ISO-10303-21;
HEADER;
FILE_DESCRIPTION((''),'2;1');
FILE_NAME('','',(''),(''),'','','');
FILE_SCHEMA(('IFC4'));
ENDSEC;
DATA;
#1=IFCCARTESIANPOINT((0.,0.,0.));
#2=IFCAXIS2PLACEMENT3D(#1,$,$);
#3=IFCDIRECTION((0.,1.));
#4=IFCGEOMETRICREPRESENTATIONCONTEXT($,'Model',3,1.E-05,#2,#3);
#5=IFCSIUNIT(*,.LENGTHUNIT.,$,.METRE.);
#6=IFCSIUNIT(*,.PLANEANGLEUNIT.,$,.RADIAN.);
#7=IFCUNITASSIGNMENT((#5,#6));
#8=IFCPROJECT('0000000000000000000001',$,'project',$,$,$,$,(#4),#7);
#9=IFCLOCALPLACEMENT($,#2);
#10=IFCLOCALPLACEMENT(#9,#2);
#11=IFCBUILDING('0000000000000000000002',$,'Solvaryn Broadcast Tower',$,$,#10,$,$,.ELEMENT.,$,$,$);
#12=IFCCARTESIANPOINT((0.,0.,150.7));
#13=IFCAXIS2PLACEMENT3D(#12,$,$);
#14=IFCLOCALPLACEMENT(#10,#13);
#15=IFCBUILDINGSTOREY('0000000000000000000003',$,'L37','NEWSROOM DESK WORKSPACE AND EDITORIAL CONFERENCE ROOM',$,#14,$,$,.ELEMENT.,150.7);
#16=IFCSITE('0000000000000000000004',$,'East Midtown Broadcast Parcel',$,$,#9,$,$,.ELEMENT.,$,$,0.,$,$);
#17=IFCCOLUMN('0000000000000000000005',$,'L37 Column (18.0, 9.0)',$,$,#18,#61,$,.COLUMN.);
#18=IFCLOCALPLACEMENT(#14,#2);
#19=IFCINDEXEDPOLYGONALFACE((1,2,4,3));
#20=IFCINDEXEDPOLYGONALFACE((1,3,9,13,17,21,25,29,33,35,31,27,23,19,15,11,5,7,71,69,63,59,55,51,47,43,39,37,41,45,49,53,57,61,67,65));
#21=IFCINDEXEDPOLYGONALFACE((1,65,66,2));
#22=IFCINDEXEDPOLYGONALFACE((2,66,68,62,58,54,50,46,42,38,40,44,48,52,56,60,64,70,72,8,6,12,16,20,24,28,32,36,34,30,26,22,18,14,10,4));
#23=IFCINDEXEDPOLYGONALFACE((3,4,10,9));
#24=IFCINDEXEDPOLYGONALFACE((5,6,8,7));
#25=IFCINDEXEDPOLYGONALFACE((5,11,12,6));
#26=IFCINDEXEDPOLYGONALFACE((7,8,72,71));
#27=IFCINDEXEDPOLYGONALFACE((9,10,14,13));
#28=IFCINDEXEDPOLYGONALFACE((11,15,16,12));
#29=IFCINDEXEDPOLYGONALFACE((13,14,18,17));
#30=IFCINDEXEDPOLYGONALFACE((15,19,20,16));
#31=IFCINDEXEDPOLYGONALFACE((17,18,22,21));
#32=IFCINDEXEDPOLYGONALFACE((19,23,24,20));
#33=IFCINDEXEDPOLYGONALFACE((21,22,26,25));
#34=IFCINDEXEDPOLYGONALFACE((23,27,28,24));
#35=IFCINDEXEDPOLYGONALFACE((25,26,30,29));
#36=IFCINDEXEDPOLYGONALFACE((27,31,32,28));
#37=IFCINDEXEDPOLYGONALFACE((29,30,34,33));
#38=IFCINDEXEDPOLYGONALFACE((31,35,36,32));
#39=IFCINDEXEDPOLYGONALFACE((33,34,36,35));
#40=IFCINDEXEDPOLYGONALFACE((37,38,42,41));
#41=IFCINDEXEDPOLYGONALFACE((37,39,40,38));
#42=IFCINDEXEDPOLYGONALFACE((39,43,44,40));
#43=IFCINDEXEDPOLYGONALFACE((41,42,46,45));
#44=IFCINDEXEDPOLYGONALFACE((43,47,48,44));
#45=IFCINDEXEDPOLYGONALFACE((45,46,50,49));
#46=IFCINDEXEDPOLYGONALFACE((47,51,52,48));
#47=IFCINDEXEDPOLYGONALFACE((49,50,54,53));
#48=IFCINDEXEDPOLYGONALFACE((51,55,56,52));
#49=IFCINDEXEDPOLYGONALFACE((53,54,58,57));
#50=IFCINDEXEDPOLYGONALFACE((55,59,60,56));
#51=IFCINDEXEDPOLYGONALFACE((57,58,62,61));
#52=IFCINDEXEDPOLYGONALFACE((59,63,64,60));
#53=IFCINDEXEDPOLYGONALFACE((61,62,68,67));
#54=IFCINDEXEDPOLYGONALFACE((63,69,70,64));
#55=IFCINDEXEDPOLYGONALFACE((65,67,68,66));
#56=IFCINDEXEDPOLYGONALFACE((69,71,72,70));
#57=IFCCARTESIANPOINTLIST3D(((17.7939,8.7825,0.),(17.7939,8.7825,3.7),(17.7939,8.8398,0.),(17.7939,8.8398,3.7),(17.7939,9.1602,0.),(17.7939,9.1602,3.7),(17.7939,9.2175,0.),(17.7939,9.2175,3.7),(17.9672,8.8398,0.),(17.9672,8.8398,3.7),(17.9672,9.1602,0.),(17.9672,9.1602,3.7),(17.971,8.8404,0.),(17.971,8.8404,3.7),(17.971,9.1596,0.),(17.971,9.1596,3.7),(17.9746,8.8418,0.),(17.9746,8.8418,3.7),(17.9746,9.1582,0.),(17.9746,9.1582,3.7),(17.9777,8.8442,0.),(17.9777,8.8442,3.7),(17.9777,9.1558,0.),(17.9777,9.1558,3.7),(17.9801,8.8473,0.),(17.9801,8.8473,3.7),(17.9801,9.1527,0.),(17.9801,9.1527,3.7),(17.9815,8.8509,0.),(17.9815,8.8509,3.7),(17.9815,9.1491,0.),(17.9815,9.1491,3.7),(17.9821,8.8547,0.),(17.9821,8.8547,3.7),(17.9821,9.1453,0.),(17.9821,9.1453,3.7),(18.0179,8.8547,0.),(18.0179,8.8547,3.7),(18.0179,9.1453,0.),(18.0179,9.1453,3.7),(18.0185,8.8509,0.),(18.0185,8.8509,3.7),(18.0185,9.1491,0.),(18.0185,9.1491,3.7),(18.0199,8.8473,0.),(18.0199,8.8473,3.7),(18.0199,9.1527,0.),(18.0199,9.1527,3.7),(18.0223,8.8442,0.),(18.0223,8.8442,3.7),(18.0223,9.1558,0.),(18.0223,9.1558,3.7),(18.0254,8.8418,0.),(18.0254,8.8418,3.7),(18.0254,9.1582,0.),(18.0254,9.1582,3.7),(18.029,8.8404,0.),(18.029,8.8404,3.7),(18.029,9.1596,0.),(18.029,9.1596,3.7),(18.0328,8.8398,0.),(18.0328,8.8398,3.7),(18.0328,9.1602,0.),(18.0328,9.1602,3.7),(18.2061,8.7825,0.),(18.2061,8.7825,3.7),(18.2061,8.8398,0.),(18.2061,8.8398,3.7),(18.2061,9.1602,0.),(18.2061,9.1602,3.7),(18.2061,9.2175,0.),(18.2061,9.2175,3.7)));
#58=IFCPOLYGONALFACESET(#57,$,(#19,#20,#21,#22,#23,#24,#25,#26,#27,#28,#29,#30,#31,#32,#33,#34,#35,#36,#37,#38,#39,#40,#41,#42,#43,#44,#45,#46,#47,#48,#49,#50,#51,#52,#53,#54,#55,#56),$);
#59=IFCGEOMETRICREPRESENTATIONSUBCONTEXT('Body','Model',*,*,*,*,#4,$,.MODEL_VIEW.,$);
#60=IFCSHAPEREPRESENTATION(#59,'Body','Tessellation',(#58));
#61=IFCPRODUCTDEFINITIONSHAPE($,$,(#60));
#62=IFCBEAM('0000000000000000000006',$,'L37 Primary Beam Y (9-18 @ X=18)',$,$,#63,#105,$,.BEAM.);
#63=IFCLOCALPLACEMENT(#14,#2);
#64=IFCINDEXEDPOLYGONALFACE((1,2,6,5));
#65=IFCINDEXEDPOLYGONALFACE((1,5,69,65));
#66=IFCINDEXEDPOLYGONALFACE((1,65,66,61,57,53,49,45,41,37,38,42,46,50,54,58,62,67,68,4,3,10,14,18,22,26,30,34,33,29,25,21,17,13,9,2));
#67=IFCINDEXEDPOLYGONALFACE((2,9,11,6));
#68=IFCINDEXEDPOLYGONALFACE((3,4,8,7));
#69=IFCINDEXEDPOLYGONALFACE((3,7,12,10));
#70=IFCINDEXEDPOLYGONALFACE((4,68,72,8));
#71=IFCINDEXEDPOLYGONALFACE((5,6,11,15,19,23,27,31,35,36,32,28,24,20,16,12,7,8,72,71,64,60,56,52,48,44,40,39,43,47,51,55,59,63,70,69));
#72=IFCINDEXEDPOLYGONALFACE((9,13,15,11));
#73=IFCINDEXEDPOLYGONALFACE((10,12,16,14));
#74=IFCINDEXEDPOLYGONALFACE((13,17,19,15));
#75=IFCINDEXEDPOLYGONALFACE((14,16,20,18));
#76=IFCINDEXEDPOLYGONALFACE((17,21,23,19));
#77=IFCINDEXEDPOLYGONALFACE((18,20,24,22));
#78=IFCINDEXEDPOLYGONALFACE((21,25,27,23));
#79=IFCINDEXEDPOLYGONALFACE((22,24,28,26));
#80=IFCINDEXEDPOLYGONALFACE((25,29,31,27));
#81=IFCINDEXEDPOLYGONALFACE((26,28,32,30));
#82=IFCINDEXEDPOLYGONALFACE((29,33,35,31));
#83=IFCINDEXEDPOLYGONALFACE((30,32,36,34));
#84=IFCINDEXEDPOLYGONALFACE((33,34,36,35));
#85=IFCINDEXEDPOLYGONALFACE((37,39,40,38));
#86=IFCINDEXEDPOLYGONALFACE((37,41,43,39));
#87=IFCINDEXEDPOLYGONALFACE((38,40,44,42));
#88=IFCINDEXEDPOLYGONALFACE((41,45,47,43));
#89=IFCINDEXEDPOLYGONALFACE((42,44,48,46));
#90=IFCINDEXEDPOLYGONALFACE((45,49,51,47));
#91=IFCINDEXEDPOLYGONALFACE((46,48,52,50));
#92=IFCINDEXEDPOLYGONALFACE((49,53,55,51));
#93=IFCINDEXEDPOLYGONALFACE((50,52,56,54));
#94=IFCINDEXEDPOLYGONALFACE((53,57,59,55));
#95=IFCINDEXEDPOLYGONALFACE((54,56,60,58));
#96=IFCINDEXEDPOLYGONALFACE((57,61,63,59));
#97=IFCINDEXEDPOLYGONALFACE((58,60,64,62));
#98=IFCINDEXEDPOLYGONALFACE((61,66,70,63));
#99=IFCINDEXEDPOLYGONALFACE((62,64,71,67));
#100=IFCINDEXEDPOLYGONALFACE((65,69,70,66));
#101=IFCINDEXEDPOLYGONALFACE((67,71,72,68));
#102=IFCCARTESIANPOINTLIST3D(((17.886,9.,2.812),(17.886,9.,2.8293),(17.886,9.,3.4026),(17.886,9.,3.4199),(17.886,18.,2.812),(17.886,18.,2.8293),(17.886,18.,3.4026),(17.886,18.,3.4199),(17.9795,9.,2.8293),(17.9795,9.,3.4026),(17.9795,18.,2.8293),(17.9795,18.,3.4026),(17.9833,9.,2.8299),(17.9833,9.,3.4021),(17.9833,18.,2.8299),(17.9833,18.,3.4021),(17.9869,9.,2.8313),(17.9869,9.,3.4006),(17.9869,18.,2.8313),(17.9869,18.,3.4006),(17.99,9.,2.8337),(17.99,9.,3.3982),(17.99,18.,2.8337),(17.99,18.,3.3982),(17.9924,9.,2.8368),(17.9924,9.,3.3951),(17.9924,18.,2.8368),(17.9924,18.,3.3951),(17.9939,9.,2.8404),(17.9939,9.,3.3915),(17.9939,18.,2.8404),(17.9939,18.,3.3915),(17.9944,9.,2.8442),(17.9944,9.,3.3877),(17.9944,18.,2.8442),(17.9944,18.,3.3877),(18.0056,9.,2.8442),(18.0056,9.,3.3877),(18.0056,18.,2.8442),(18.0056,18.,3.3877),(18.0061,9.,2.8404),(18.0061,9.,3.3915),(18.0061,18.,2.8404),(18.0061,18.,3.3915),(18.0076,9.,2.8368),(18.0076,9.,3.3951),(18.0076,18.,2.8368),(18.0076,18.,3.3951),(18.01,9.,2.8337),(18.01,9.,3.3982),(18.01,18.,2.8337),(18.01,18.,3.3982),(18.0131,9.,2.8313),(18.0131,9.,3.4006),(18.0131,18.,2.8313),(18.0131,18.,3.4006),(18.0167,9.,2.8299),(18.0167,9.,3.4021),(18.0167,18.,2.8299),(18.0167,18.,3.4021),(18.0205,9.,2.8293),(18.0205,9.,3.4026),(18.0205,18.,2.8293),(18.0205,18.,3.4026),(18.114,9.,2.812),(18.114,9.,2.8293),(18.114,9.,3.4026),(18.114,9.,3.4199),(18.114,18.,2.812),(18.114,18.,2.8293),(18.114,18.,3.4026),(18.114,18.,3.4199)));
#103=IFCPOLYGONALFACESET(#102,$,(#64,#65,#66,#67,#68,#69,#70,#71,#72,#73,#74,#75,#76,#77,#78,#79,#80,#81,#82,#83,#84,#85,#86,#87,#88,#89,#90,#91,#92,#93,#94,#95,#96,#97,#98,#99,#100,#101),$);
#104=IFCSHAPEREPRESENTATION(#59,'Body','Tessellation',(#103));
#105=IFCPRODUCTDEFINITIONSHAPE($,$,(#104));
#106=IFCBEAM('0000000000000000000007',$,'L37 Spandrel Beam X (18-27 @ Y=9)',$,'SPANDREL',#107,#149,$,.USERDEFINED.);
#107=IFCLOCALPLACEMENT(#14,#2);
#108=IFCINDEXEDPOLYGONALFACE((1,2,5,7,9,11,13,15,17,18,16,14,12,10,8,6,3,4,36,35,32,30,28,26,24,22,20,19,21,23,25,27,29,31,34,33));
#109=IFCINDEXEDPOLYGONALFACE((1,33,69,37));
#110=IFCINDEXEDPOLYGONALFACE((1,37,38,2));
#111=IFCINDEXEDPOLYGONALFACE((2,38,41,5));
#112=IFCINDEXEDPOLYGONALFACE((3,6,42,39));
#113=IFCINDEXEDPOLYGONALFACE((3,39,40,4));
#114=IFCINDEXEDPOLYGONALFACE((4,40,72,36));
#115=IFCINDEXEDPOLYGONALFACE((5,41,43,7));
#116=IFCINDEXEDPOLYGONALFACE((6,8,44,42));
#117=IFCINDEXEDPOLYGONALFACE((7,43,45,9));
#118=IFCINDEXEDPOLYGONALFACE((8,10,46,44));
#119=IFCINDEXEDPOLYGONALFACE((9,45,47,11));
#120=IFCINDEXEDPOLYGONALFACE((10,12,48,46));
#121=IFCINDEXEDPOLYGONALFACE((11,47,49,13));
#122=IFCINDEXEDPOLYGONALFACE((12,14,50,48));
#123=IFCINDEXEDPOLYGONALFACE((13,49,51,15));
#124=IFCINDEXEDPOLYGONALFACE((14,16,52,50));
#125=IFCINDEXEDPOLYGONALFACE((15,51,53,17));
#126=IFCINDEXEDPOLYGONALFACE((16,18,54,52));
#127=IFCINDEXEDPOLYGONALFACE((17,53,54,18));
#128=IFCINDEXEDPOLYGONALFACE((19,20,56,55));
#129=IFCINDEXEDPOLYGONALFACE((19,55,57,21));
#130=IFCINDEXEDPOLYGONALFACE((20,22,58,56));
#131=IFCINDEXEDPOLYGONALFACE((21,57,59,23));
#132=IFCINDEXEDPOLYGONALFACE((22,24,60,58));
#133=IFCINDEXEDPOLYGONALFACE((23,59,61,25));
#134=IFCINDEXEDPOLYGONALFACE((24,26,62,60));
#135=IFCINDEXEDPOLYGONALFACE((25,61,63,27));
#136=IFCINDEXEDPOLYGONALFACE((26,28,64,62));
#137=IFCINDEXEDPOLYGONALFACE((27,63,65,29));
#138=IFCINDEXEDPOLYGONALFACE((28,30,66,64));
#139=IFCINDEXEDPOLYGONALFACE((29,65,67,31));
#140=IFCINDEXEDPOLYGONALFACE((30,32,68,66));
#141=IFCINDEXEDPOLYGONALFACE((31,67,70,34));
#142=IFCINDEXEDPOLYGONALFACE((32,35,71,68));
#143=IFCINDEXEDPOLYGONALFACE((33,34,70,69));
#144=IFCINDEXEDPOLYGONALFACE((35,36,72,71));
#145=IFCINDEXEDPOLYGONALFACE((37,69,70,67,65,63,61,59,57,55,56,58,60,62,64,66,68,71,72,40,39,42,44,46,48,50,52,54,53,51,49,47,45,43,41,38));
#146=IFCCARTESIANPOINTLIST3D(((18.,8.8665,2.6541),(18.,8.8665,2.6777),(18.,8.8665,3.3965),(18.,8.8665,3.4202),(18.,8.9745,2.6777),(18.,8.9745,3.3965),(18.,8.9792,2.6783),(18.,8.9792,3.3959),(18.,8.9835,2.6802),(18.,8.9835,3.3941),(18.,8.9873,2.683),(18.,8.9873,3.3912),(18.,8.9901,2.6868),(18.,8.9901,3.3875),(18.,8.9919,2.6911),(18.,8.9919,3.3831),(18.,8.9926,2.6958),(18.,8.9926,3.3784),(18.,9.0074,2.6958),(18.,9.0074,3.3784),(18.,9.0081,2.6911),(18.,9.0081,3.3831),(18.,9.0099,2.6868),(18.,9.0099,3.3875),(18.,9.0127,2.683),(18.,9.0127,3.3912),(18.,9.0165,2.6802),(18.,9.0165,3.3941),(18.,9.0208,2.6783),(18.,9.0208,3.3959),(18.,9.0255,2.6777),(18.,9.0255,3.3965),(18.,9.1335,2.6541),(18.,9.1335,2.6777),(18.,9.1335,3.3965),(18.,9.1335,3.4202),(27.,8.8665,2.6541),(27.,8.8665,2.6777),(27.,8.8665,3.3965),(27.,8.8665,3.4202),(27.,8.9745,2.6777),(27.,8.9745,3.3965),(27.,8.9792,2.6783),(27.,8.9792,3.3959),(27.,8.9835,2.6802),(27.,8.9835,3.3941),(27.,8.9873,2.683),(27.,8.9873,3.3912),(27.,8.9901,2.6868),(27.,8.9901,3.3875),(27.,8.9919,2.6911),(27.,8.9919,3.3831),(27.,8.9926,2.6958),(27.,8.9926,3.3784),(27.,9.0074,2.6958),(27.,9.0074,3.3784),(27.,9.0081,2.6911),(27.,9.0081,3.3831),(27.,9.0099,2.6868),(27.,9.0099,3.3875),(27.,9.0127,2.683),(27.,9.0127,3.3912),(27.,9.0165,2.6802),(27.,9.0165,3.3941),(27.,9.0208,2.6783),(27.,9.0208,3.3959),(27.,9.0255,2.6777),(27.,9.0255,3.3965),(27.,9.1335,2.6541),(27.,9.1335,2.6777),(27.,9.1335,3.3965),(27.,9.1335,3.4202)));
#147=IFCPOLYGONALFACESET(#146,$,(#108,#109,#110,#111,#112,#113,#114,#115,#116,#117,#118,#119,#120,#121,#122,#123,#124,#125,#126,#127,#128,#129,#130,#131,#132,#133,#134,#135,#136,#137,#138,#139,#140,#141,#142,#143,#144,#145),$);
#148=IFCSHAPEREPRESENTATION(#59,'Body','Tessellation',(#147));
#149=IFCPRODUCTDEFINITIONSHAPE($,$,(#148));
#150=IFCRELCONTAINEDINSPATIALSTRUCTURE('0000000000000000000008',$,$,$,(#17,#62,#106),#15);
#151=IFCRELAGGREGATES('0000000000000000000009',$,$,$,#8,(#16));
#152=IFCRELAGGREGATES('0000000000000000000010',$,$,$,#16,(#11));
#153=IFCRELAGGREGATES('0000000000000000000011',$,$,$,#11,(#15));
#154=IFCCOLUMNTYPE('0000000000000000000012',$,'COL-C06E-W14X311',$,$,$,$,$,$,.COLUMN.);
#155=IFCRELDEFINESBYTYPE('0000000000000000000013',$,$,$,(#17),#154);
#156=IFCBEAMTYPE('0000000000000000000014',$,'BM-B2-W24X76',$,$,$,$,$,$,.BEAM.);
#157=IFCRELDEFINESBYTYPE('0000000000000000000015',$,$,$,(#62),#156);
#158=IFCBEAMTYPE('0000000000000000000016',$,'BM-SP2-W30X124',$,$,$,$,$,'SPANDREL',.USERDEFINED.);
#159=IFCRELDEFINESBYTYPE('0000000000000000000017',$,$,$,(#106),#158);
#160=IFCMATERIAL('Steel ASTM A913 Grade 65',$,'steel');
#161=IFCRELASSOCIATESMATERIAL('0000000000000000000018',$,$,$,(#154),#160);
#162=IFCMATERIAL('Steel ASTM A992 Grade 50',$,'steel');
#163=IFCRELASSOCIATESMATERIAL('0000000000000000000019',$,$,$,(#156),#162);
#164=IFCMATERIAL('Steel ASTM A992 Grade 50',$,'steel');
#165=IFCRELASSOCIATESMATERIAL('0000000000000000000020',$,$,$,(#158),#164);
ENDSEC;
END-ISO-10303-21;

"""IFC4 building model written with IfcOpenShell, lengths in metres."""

from ifc_helpers import new_model, si_unit, direction, frame, origin, origin_2d, place, context, subcontext, project, spatial, i_section, extrude, material, material_profile, profile_set, type_object, element, save


model = new_model("IFC4")

# Units and contexts
model_context = context("Model", 3, precision=1e-05, world=origin(), true_north=direction((0.0, 1.0)))
body_context = subcontext(model_context, "Body", "Model", "MODEL_VIEW")
ifc_project = project(units=[si_unit("LENGTHUNIT", "METRE"), si_unit("PLANEANGLEUNIT", "RADIAN")], contexts=[model_context])

# Site, building, storey
site_placement = place(None, origin())
site = spatial("IfcSite", under=ifc_project, at=site_placement, Name="East Midtown Broadcast Parcel", CompositionType="ELEMENT", RefElevation=0.0)
building_placement = place(site_placement, origin())
building = spatial("IfcBuilding", under=site, at=building_placement, Name="Solvaryn Broadcast Tower", CompositionType="ELEMENT")
storey_placement = place(building_placement, frame((0.0, 0.0, 150.7)))
storey = spatial("IfcBuildingStorey", under=building, at=storey_placement, Name="L37", Description="NEWSROOM DESK WORKSPACE AND EDITORIAL CONFERENCE ROOM", CompositionType="ELEMENT", Elevation=150.7)

# Column
ifc_material_1 = material(Name="Steel ASTM A913 Grade 65", Category="steel")
ifc_material_profile_1 = material_profile(ifc_material_1, i_section(OverallWidth=0.4121, OverallDepth=0.4351, WebThickness=0.0359, FlangeThickness=0.0574, FilletRadius=0.0149, at=origin_2d()))
ifc_profile_set_1 = profile_set([ifc_material_profile_1], Name="Steel ASTM A913 Grade 65")
column_type = type_object("IfcColumnType", Name="COL-C06E-W14X311", PredefinedType="COLUMN", material=ifc_profile_set_1)
column_placement = place(storey_placement, frame((18.0, 9.0, 0.0), z_axis=(0.0, 0.0, 1.0), x_axis=(1.0, 0.0, 0.0)))
element("IfcColumn", 1, at=column_placement, inside=storey, type_object=column_type, Name="L37 Column (18.0, 9.0)", PredefinedType="COLUMN", context=body_context, shape_type="SweptSolid", body=[
    extrude(i_section(OverallWidth=0.4121, OverallDepth=0.4351, WebThickness=0.0359, FlangeThickness=0.0574, FilletRadius=0.0149, at=origin_2d()), origin(), (0.0, 0.0, 1.0), 3.7),
])

# Beams
ifc_material_2 = material(Name="Steel ASTM A992 Grade 50", Category="steel")
ifc_material_profile_2 = material_profile(ifc_material_2, i_section(OverallWidth=0.228, OverallDepth=0.6079, WebThickness=0.0112, FlangeThickness=0.0173, FilletRadius=0.0149, at=origin_2d()))
ifc_profile_set_2 = profile_set([ifc_material_profile_2], Name="Steel ASTM A992 Grade 50")
beam_type_1 = type_object("IfcBeamType", Name="BM-B2-W24X76", PredefinedType="BEAM", material=ifc_profile_set_2)
beam_1_placement = place(storey_placement, frame((18.0, 9.0, 3.116), z_axis=(0.0, 1.0, 0.0), x_axis=(-1.0, 0.0, 0.0)))
element("IfcBeam", 2, at=beam_1_placement, inside=storey, type_object=beam_type_1, Name="L37 Primary Beam Y (9-18 @ X=18)", PredefinedType="BEAM", context=body_context, shape_type="SweptSolid", body=[
    extrude(i_section(OverallWidth=0.228, OverallDepth=0.6079, WebThickness=0.0112, FlangeThickness=0.0173, FilletRadius=0.0149, at=origin_2d()), origin(), (0.0, 0.0, 1.0), 9.0),
])
ifc_material_3 = material(Name="Steel ASTM A992 Grade 50", Category="steel")
ifc_material_profile_3 = material_profile(ifc_material_3, i_section(OverallWidth=0.2671, OverallDepth=0.7661, WebThickness=0.0149, FlangeThickness=0.0237, FilletRadius=0.0181, at=origin_2d()))
ifc_profile_set_3 = profile_set([ifc_material_profile_3], Name="Steel ASTM A992 Grade 50")
beam_type_2 = type_object("IfcBeamType", Name="BM-SP2-W30X124", ElementType="SPANDREL", PredefinedType="USERDEFINED", material=ifc_profile_set_3)
beam_2_placement = place(storey_placement, frame((18.0, 9.0, 3.0371), z_axis=(1.0, 0.0, 0.0), x_axis=(0.0, 1.0, 0.0)))
element("IfcBeam", 3, at=beam_2_placement, inside=storey, type_object=beam_type_2, Name="L37 Spandrel Beam X (18-27 @ Y=9)", ObjectType="SPANDREL", PredefinedType="USERDEFINED", context=body_context, shape_type="SweptSolid", body=[
    extrude(i_section(OverallWidth=0.2671, OverallDepth=0.7661, WebThickness=0.0149, FlangeThickness=0.0237, FilletRadius=0.0181, at=origin_2d()), origin(), (0.0, 0.0, 1.0), 9.0),
])

save(model, "model.ifc")
